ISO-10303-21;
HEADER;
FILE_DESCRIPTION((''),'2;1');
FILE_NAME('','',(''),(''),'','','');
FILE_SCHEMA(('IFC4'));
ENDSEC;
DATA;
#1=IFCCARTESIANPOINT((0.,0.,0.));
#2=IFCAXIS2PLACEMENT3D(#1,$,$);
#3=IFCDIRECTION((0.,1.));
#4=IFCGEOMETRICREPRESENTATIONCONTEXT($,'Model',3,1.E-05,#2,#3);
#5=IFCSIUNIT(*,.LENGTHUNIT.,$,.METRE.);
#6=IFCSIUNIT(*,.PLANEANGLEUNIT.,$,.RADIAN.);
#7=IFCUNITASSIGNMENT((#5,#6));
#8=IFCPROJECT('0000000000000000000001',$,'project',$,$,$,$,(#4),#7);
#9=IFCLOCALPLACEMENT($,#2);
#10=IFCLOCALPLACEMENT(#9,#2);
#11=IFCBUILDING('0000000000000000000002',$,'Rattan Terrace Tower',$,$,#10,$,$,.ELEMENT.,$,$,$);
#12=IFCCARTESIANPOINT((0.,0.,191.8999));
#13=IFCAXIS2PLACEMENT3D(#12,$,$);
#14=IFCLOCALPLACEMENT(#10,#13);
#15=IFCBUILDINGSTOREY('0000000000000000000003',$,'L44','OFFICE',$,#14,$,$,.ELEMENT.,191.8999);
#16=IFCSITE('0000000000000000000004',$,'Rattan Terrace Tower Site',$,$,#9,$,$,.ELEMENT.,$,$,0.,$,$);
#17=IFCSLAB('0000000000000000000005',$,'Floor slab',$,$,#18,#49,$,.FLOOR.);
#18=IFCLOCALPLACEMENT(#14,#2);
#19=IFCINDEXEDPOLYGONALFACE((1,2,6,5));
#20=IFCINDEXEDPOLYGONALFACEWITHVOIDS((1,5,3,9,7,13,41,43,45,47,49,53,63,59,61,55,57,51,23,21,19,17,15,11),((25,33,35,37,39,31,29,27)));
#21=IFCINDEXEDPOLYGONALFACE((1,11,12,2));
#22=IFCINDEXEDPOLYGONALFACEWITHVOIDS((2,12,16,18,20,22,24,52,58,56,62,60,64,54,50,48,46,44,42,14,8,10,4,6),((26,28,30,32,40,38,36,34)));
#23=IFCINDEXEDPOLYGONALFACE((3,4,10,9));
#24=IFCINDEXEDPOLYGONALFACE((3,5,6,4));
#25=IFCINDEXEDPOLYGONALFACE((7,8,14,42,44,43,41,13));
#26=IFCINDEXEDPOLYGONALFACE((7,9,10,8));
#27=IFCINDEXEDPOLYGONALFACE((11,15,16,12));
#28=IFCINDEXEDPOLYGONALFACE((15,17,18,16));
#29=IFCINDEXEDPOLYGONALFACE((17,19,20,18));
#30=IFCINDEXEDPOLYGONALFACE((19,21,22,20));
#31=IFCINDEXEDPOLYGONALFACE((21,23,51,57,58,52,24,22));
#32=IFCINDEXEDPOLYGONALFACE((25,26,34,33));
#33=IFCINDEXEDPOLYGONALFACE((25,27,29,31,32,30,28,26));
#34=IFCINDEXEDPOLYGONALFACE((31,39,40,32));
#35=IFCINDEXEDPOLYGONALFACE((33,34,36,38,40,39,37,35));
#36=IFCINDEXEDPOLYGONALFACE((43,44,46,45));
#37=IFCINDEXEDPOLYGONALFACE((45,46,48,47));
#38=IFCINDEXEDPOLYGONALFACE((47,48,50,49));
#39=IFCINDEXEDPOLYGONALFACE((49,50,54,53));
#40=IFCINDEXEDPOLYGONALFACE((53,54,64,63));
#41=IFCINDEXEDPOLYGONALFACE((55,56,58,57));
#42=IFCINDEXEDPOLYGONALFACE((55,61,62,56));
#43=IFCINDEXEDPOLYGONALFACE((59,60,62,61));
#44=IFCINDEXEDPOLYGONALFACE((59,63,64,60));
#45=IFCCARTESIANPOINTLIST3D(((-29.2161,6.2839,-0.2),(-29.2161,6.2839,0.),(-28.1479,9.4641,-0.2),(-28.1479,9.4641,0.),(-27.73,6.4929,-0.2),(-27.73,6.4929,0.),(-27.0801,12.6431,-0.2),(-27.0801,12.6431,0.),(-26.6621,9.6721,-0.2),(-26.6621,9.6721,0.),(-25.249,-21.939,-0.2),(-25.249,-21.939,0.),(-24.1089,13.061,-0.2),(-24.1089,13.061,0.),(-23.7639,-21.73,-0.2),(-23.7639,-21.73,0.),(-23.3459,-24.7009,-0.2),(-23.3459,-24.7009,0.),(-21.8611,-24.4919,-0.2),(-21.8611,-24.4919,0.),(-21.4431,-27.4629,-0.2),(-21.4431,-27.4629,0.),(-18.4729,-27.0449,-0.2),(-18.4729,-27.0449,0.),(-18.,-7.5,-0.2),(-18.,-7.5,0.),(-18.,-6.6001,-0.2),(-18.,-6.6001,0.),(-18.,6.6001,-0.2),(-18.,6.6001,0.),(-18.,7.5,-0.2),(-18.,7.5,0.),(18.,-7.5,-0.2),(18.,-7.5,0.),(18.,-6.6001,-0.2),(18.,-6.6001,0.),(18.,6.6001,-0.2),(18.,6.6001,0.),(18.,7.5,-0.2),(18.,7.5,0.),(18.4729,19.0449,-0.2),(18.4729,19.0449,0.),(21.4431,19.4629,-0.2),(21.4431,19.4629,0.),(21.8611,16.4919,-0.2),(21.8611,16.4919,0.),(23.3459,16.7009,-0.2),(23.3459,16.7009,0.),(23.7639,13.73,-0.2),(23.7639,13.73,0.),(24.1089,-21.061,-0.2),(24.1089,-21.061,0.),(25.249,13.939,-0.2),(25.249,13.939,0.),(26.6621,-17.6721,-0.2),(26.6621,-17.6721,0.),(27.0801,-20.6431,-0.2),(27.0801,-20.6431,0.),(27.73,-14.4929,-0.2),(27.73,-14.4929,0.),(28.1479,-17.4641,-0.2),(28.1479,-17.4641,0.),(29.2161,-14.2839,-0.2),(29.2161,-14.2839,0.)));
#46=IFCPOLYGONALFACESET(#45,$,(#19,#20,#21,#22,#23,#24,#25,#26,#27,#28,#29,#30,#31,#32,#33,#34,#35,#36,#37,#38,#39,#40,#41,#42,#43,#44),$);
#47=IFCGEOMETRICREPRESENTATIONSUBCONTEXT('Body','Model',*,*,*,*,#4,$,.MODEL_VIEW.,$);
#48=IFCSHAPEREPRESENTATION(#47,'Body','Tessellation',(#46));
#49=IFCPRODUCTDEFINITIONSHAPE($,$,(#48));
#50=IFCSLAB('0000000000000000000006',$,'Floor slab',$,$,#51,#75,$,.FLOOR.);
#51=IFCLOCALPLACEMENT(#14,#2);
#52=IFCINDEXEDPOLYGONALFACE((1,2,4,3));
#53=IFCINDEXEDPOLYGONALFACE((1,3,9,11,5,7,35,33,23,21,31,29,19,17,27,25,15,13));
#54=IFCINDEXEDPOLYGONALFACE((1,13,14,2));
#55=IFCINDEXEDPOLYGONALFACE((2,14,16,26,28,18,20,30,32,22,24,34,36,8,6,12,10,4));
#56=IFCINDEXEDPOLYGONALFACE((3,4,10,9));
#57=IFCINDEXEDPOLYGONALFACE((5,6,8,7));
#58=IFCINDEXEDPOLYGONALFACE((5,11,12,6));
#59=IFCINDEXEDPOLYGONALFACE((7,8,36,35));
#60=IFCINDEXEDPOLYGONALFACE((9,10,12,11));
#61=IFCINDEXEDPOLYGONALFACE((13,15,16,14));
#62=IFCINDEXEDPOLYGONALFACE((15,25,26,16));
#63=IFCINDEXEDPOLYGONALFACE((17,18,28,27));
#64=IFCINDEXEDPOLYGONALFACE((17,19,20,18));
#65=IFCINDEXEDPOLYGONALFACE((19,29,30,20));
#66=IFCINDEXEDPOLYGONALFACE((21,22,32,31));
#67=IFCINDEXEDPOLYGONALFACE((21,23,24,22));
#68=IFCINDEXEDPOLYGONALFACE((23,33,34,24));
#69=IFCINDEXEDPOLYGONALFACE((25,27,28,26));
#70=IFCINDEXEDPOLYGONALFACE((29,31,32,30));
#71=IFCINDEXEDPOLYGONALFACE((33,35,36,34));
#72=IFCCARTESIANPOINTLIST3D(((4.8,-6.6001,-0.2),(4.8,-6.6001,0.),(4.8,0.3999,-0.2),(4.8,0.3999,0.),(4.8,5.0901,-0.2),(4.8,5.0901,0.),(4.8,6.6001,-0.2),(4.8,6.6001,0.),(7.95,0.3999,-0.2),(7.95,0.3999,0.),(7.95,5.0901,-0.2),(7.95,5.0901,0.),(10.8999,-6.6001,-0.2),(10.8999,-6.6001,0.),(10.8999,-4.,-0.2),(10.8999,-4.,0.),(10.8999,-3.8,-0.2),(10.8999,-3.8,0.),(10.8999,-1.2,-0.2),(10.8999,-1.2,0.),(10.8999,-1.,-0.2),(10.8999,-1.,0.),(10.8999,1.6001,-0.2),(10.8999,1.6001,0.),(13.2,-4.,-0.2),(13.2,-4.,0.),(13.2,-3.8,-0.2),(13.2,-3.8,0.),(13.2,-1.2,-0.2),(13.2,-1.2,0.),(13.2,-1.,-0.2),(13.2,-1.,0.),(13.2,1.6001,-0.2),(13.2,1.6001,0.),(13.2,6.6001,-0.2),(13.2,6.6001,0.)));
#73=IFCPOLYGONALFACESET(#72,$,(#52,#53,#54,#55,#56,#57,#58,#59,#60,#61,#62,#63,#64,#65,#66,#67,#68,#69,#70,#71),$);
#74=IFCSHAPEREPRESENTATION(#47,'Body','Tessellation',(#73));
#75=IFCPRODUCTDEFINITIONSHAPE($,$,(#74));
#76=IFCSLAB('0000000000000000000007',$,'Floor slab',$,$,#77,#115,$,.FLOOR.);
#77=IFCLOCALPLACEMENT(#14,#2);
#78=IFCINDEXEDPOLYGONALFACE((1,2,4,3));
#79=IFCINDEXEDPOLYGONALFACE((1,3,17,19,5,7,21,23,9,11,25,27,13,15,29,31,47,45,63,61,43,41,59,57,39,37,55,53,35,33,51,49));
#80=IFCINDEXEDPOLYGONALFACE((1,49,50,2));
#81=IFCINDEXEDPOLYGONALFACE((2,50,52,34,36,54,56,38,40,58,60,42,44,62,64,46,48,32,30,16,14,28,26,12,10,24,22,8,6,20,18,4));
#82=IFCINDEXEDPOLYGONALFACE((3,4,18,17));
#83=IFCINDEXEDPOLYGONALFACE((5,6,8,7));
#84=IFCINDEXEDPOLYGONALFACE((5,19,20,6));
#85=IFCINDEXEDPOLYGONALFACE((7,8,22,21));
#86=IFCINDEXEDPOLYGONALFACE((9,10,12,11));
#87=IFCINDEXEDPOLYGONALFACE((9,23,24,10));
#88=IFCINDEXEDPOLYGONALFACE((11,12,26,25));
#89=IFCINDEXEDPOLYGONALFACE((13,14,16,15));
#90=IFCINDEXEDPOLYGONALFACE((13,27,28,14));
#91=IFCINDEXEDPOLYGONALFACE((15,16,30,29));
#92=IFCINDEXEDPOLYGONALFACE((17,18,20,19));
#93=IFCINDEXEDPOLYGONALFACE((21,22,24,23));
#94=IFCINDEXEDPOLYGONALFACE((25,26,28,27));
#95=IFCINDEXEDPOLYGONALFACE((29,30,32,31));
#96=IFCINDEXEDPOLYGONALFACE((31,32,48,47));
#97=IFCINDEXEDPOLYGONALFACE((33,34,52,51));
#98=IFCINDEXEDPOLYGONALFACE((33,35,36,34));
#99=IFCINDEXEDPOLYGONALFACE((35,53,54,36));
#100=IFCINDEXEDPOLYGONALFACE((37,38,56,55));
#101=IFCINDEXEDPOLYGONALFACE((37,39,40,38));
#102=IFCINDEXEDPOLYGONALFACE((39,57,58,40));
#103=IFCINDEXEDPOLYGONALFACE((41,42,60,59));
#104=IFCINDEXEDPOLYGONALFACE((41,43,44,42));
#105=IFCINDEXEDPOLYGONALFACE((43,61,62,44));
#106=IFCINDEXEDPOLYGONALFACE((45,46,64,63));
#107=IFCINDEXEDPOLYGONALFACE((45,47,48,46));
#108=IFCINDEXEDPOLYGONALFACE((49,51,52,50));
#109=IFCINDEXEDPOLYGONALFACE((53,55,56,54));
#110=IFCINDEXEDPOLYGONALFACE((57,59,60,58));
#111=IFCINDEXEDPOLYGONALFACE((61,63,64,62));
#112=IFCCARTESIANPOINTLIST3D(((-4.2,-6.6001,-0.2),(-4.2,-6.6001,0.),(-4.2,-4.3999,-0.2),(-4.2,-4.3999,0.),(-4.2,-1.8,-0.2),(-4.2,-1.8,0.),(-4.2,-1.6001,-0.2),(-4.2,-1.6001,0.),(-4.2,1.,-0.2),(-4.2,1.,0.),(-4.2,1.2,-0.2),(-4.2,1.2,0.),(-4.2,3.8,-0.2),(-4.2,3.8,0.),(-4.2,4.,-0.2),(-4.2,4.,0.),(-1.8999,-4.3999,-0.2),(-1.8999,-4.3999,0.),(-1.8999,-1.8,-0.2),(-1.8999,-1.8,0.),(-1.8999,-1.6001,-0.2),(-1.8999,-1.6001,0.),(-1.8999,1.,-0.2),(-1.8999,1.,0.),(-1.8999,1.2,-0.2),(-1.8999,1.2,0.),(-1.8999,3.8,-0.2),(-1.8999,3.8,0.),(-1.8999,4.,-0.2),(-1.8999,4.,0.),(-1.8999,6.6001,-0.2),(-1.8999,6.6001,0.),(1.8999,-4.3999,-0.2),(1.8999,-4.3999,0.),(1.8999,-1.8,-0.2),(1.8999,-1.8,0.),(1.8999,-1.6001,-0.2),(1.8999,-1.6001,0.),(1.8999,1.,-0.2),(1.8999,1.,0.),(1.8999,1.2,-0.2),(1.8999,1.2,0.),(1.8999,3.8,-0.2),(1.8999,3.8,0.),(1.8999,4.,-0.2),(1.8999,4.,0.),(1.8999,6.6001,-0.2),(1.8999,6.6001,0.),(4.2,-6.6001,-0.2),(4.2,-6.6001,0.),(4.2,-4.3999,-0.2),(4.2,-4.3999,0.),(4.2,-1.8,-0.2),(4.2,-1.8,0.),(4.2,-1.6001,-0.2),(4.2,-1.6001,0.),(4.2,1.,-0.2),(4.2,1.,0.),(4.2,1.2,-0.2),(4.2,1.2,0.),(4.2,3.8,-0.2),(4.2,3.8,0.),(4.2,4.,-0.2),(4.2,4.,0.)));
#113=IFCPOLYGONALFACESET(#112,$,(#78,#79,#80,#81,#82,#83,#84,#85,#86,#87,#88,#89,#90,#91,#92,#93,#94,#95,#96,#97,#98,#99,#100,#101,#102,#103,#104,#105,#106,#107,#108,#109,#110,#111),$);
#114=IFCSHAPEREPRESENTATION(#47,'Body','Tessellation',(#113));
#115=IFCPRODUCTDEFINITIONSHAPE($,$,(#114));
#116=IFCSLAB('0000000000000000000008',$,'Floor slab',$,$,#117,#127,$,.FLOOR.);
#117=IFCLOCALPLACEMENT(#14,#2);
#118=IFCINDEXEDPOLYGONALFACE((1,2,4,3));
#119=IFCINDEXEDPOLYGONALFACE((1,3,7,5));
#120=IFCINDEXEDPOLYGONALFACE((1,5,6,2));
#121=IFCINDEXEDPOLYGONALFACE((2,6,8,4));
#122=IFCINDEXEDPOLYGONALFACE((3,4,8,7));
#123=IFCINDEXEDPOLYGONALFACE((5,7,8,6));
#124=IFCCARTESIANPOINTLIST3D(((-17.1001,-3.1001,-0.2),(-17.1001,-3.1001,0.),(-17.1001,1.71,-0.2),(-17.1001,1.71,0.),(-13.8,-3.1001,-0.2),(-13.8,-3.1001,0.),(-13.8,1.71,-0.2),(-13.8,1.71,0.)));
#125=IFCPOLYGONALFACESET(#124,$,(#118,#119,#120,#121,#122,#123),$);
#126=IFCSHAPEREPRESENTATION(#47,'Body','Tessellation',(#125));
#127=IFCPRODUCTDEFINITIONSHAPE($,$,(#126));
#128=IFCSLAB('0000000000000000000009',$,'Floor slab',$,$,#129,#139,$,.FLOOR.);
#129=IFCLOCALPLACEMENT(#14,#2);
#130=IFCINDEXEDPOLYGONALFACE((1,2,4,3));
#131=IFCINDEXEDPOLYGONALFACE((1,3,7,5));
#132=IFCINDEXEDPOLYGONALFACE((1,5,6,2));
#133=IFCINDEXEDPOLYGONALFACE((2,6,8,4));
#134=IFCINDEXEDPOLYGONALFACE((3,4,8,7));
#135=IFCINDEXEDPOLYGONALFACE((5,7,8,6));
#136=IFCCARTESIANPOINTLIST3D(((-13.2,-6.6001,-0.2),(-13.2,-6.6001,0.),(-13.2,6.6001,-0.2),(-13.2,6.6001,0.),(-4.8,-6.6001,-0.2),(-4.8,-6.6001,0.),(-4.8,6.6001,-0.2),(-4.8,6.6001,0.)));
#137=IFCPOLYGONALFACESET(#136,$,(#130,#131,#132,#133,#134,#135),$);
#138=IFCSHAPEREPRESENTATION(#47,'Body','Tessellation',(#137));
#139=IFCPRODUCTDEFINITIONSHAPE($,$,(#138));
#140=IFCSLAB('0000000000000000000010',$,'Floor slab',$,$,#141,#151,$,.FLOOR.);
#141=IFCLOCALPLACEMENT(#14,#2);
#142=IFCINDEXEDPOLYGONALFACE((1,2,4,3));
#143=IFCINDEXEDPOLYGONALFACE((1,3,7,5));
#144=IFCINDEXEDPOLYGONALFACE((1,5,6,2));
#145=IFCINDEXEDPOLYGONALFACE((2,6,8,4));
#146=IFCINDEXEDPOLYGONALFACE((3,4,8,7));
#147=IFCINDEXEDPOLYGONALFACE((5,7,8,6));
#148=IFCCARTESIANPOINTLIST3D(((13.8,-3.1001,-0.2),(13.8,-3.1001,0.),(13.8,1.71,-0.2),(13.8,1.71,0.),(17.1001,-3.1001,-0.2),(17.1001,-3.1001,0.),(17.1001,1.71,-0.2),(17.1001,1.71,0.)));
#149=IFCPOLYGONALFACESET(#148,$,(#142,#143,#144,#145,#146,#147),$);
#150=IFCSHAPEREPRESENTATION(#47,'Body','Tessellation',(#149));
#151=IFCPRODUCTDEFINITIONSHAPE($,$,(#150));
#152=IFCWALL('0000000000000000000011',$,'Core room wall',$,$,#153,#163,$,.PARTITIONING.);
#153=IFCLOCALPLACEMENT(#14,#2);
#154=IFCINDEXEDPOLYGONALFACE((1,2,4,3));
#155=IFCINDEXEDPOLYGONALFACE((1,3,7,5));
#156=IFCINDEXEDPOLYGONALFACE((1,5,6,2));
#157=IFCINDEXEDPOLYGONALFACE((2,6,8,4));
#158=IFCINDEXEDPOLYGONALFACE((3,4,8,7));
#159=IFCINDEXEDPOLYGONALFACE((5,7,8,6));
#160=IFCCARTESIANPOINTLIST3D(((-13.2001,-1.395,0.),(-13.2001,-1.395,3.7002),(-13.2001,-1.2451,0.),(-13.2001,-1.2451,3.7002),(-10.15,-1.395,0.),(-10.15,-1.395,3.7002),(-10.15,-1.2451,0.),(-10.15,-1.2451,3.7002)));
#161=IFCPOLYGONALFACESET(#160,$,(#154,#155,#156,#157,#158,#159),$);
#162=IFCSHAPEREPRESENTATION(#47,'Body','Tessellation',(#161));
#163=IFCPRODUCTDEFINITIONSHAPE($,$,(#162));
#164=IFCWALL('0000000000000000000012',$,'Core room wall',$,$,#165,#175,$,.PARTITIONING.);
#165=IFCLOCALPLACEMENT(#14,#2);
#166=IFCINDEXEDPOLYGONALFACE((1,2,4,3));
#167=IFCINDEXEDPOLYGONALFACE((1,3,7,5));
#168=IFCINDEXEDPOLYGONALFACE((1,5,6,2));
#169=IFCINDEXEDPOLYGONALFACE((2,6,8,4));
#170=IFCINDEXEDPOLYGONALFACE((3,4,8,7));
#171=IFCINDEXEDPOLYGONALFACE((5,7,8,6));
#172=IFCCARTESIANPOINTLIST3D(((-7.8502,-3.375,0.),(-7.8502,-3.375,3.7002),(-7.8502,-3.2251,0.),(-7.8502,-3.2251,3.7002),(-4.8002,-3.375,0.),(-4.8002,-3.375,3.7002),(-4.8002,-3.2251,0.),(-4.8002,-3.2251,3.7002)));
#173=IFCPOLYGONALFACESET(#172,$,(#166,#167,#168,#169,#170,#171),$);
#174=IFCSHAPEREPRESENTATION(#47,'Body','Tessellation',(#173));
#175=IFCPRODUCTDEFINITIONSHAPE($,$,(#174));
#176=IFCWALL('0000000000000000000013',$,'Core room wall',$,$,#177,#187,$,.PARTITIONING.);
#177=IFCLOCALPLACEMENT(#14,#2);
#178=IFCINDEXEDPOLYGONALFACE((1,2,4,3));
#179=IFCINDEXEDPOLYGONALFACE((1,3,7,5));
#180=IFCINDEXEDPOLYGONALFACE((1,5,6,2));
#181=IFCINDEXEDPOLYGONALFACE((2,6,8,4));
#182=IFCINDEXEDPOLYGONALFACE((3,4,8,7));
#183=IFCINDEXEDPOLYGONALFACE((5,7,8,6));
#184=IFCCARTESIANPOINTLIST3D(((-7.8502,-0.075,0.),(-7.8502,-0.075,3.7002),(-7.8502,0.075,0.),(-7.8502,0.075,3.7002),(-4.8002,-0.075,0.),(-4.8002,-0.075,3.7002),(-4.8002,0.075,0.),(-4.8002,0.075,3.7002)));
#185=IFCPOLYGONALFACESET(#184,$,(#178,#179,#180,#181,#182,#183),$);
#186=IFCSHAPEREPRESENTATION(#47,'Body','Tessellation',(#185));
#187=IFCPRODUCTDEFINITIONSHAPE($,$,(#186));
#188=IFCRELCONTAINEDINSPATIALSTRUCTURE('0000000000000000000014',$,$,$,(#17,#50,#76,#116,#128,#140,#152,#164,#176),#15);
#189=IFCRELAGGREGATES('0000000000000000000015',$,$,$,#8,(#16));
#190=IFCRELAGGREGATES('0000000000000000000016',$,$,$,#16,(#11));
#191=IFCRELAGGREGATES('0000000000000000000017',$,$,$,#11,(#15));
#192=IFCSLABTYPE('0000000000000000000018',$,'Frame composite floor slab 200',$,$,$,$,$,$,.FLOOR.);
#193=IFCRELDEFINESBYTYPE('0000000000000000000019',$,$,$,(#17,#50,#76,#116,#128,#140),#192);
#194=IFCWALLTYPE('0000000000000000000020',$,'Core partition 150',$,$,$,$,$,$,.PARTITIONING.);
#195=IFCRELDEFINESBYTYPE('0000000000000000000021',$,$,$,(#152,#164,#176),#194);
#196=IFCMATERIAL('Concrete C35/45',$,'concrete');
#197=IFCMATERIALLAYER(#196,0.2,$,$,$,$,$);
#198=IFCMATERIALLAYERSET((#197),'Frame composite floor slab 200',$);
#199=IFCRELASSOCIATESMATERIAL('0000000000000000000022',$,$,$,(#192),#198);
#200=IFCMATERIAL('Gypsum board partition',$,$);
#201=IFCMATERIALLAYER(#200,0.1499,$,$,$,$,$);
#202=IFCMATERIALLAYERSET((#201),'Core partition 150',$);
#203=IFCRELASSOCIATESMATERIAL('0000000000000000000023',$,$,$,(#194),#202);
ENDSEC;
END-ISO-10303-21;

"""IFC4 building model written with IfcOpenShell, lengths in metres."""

from ifc_helpers import new_model, si_unit, direction, frame, frame_2d, origin, place, context, subcontext, project, spatial, polyline, rectangle, outline, extrude, material, layer, layer_set, type_object, element, save


model = new_model("IFC4")

# Units and contexts
model_context = context("Model", 3, precision=1e-05, world=origin(), true_north=direction((0.0, 1.0)))
body_context = subcontext(model_context, "Body", "Model", "MODEL_VIEW")
ifc_project = project(units=[si_unit("LENGTHUNIT", "METRE"), si_unit("PLANEANGLEUNIT", "RADIAN")], contexts=[model_context])

# Site, building, storey
site_placement = place(None, origin())
site = spatial("IfcSite", under=ifc_project, at=site_placement, Name="Rattan Terrace Tower Site", CompositionType="ELEMENT", RefElevation=0.0)
building_placement = place(site_placement, origin())
building = spatial("IfcBuilding", under=site, at=building_placement, Name="Rattan Terrace Tower", CompositionType="ELEMENT")
storey_placement = place(building_placement, frame((0.0, 0.0, 191.8999)))
storey = spatial("IfcBuildingStorey", under=building, at=storey_placement, Name="L44", Description="OFFICE", CompositionType="ELEMENT", Elevation=191.8999)

# Slabs
ifc_material_1 = material(Name="Concrete C35/45", Category="concrete")
ifc_layer_1 = layer(ifc_material_1, 0.2)
ifc_layer_set_1 = layer_set([ifc_layer_1], Name="Frame composite floor slab 200")
slab_type_1 = type_object("IfcSlabType", Name="Frame composite floor slab 200", PredefinedType="FLOOR", material=ifc_layer_set_1)
slab_1_placement = place(storey_placement, frame((0.0, 0.0, -0.2)))
element("IfcSlab", 1, at=slab_1_placement, inside=storey, type_object=slab_type_1, Name="Floor slab", PredefinedType="FLOOR", context=body_context, shape_type="SweptSolid", body=[
    extrude(outline(polyline([(-18.4729, -27.0449), (24.1089, -21.061), (27.0801, -20.6431), (26.6621, -17.6721), (28.1479, -17.4641), (27.73, -14.4929), (29.2161, -14.2839), (25.249, 13.939), (23.7639, 13.73), (23.3459, 16.7009), (21.8611, 16.4919), (21.4431, 19.4629), (18.4729, 19.0449), (-24.1089, 13.061), (-27.0801, 12.6431), (-26.6621, 9.6721), (-28.1479, 9.4641), (-27.73, 6.4929), (-29.2161, 6.2839), (-25.249, -21.939), (-23.7639, -21.73), (-23.3459, -24.7009), (-21.8611, -24.4919), (-21.4431, -27.4629), (-18.4729, -27.0449)]), holes=[polyline([(-18.0, -7.5), (18.0, -7.5), (18.0, -6.6001), (18.0, 6.6001), (18.0, 7.5), (-18.0, 7.5), (-18.0, 6.6001), (-18.0, -6.6001), (-18.0, -7.5)])]), origin(), (0.0, 0.0, 1.0), 0.2),
])
slab_2_placement = place(storey_placement, frame((0.0, 0.0, -0.2)))
element("IfcSlab", 2, at=slab_2_placement, inside=storey, type_object=slab_type_1, Name="Floor slab", PredefinedType="FLOOR", context=body_context, shape_type="SweptSolid", body=[
    extrude(outline(polyline([(13.2, 6.6001), (4.8, 6.6001), (4.8, 5.0901), (7.95, 5.0901), (7.95, 0.3999), (4.8, 0.3999), (4.8, -6.6001), (10.8999, -6.6001), (10.8999, -4.0), (13.2, -4.0), (13.2, -3.8), (10.8999, -3.8), (10.8999, -1.2), (13.2, -1.2), (13.2, -1.0), (10.8999, -1.0), (10.8999, 1.6001), (13.2, 1.6001), (13.2, 6.6001)])), origin(), (0.0, 0.0, 1.0), 0.2),
])
slab_3_placement = place(storey_placement, frame((0.0, 0.0, -0.2)))
element("IfcSlab", 3, at=slab_3_placement, inside=storey, type_object=slab_type_1, Name="Floor slab", PredefinedType="FLOOR", context=body_context, shape_type="SweptSolid", body=[
    extrude(outline(polyline([(1.8999, 6.6001), (-1.8999, 6.6001), (-1.8999, 4.0), (-4.2, 4.0), (-4.2, 3.8), (-1.8999, 3.8), (-1.8999, 1.2), (-4.2, 1.2), (-4.2, 1.0), (-1.8999, 1.0), (-1.8999, -1.6001), (-4.2, -1.6001), (-4.2, -1.8), (-1.8999, -1.8), (-1.8999, -4.3999), (-4.2, -4.3999), (-4.2, -6.6001), (4.2, -6.6001), (4.2, -4.3999), (1.8999, -4.3999), (1.8999, -1.8), (4.2, -1.8), (4.2, -1.6001), (1.8999, -1.6001), (1.8999, 1.0), (4.2, 1.0), (4.2, 1.2), (1.8999, 1.2), (1.8999, 3.8), (4.2, 3.8), (4.2, 4.0), (1.8999, 4.0), (1.8999, 6.6001)])), origin(), (0.0, 0.0, 1.0), 0.2),
])
slab_4_placement = place(storey_placement, frame((0.0, 0.0, -0.2)))
element("IfcSlab", 4, at=slab_4_placement, inside=storey, type_object=slab_type_1, Name="Floor slab", PredefinedType="FLOOR", context=body_context, shape_type="SweptSolid", body=[
    extrude(outline(polyline([(-17.1001, -3.1001), (-13.8, -3.1001), (-13.8, 1.71), (-17.1001, 1.71), (-17.1001, -3.1001)])), origin(), (0.0, 0.0, 1.0), 0.2),
])
slab_5_placement = place(storey_placement, frame((0.0, 0.0, -0.2)))
element("IfcSlab", 5, at=slab_5_placement, inside=storey, type_object=slab_type_1, Name="Floor slab", PredefinedType="FLOOR", context=body_context, shape_type="SweptSolid", body=[
    extrude(outline(polyline([(-4.8, -6.6001), (-4.8, 6.6001), (-13.2, 6.6001), (-13.2, -6.6001), (-4.8, -6.6001)])), origin(), (0.0, 0.0, 1.0), 0.2),
])
slab_6_placement = place(storey_placement, frame((0.0, 0.0, -0.2)))
element("IfcSlab", 6, at=slab_6_placement, inside=storey, type_object=slab_type_1, Name="Floor slab", PredefinedType="FLOOR", context=body_context, shape_type="SweptSolid", body=[
    extrude(outline(polyline([(13.8, -3.1001), (17.1001, -3.1001), (17.1001, 1.71), (13.8, 1.71), (13.8, -3.1001)])), origin(), (0.0, 0.0, 1.0), 0.2),
])

# Walls
ifc_material_2 = material(Name="Gypsum board partition")
ifc_layer_2 = layer(ifc_material_2, 0.1499)
ifc_layer_set_2 = layer_set([ifc_layer_2], Name="Core partition 150")
wall_type_1 = type_object("IfcWallType", Name="Core partition 150", PredefinedType="PARTITIONING", material=ifc_layer_set_2)
for number, where, z_axis, x_axis, name in (
    (7, (-13.2, -1.3201, 0.0), (0.0, 0.0, 1.0), (1.0, 0.0, 0.0), "Core room wall"),
    (8, (-7.8501, -3.3, 0.0), (0.0, 0.0, 1.0), (1.0, 0.0, 0.0), "Core room wall"),
    (9, (-7.8501, 0.0, 0.0), (0.0, 0.0, 1.0), (1.0, 0.0, 0.0), "Core room wall"),
):
    element("IfcWall", number, at=place(storey_placement, frame(where, z_axis=z_axis, x_axis=x_axis)), inside=storey, type_object=wall_type_1, Name=name, PredefinedType="PARTITIONING", context=body_context, shape_type="SweptSolid", body=[
        extrude(rectangle(XDim=3.05, YDim=0.1499, at=frame_2d((1.5249, 0.0))), origin(), (0.0, 0.0, 1.0), 3.7002),
    ])

save(model, "model.ifc")
